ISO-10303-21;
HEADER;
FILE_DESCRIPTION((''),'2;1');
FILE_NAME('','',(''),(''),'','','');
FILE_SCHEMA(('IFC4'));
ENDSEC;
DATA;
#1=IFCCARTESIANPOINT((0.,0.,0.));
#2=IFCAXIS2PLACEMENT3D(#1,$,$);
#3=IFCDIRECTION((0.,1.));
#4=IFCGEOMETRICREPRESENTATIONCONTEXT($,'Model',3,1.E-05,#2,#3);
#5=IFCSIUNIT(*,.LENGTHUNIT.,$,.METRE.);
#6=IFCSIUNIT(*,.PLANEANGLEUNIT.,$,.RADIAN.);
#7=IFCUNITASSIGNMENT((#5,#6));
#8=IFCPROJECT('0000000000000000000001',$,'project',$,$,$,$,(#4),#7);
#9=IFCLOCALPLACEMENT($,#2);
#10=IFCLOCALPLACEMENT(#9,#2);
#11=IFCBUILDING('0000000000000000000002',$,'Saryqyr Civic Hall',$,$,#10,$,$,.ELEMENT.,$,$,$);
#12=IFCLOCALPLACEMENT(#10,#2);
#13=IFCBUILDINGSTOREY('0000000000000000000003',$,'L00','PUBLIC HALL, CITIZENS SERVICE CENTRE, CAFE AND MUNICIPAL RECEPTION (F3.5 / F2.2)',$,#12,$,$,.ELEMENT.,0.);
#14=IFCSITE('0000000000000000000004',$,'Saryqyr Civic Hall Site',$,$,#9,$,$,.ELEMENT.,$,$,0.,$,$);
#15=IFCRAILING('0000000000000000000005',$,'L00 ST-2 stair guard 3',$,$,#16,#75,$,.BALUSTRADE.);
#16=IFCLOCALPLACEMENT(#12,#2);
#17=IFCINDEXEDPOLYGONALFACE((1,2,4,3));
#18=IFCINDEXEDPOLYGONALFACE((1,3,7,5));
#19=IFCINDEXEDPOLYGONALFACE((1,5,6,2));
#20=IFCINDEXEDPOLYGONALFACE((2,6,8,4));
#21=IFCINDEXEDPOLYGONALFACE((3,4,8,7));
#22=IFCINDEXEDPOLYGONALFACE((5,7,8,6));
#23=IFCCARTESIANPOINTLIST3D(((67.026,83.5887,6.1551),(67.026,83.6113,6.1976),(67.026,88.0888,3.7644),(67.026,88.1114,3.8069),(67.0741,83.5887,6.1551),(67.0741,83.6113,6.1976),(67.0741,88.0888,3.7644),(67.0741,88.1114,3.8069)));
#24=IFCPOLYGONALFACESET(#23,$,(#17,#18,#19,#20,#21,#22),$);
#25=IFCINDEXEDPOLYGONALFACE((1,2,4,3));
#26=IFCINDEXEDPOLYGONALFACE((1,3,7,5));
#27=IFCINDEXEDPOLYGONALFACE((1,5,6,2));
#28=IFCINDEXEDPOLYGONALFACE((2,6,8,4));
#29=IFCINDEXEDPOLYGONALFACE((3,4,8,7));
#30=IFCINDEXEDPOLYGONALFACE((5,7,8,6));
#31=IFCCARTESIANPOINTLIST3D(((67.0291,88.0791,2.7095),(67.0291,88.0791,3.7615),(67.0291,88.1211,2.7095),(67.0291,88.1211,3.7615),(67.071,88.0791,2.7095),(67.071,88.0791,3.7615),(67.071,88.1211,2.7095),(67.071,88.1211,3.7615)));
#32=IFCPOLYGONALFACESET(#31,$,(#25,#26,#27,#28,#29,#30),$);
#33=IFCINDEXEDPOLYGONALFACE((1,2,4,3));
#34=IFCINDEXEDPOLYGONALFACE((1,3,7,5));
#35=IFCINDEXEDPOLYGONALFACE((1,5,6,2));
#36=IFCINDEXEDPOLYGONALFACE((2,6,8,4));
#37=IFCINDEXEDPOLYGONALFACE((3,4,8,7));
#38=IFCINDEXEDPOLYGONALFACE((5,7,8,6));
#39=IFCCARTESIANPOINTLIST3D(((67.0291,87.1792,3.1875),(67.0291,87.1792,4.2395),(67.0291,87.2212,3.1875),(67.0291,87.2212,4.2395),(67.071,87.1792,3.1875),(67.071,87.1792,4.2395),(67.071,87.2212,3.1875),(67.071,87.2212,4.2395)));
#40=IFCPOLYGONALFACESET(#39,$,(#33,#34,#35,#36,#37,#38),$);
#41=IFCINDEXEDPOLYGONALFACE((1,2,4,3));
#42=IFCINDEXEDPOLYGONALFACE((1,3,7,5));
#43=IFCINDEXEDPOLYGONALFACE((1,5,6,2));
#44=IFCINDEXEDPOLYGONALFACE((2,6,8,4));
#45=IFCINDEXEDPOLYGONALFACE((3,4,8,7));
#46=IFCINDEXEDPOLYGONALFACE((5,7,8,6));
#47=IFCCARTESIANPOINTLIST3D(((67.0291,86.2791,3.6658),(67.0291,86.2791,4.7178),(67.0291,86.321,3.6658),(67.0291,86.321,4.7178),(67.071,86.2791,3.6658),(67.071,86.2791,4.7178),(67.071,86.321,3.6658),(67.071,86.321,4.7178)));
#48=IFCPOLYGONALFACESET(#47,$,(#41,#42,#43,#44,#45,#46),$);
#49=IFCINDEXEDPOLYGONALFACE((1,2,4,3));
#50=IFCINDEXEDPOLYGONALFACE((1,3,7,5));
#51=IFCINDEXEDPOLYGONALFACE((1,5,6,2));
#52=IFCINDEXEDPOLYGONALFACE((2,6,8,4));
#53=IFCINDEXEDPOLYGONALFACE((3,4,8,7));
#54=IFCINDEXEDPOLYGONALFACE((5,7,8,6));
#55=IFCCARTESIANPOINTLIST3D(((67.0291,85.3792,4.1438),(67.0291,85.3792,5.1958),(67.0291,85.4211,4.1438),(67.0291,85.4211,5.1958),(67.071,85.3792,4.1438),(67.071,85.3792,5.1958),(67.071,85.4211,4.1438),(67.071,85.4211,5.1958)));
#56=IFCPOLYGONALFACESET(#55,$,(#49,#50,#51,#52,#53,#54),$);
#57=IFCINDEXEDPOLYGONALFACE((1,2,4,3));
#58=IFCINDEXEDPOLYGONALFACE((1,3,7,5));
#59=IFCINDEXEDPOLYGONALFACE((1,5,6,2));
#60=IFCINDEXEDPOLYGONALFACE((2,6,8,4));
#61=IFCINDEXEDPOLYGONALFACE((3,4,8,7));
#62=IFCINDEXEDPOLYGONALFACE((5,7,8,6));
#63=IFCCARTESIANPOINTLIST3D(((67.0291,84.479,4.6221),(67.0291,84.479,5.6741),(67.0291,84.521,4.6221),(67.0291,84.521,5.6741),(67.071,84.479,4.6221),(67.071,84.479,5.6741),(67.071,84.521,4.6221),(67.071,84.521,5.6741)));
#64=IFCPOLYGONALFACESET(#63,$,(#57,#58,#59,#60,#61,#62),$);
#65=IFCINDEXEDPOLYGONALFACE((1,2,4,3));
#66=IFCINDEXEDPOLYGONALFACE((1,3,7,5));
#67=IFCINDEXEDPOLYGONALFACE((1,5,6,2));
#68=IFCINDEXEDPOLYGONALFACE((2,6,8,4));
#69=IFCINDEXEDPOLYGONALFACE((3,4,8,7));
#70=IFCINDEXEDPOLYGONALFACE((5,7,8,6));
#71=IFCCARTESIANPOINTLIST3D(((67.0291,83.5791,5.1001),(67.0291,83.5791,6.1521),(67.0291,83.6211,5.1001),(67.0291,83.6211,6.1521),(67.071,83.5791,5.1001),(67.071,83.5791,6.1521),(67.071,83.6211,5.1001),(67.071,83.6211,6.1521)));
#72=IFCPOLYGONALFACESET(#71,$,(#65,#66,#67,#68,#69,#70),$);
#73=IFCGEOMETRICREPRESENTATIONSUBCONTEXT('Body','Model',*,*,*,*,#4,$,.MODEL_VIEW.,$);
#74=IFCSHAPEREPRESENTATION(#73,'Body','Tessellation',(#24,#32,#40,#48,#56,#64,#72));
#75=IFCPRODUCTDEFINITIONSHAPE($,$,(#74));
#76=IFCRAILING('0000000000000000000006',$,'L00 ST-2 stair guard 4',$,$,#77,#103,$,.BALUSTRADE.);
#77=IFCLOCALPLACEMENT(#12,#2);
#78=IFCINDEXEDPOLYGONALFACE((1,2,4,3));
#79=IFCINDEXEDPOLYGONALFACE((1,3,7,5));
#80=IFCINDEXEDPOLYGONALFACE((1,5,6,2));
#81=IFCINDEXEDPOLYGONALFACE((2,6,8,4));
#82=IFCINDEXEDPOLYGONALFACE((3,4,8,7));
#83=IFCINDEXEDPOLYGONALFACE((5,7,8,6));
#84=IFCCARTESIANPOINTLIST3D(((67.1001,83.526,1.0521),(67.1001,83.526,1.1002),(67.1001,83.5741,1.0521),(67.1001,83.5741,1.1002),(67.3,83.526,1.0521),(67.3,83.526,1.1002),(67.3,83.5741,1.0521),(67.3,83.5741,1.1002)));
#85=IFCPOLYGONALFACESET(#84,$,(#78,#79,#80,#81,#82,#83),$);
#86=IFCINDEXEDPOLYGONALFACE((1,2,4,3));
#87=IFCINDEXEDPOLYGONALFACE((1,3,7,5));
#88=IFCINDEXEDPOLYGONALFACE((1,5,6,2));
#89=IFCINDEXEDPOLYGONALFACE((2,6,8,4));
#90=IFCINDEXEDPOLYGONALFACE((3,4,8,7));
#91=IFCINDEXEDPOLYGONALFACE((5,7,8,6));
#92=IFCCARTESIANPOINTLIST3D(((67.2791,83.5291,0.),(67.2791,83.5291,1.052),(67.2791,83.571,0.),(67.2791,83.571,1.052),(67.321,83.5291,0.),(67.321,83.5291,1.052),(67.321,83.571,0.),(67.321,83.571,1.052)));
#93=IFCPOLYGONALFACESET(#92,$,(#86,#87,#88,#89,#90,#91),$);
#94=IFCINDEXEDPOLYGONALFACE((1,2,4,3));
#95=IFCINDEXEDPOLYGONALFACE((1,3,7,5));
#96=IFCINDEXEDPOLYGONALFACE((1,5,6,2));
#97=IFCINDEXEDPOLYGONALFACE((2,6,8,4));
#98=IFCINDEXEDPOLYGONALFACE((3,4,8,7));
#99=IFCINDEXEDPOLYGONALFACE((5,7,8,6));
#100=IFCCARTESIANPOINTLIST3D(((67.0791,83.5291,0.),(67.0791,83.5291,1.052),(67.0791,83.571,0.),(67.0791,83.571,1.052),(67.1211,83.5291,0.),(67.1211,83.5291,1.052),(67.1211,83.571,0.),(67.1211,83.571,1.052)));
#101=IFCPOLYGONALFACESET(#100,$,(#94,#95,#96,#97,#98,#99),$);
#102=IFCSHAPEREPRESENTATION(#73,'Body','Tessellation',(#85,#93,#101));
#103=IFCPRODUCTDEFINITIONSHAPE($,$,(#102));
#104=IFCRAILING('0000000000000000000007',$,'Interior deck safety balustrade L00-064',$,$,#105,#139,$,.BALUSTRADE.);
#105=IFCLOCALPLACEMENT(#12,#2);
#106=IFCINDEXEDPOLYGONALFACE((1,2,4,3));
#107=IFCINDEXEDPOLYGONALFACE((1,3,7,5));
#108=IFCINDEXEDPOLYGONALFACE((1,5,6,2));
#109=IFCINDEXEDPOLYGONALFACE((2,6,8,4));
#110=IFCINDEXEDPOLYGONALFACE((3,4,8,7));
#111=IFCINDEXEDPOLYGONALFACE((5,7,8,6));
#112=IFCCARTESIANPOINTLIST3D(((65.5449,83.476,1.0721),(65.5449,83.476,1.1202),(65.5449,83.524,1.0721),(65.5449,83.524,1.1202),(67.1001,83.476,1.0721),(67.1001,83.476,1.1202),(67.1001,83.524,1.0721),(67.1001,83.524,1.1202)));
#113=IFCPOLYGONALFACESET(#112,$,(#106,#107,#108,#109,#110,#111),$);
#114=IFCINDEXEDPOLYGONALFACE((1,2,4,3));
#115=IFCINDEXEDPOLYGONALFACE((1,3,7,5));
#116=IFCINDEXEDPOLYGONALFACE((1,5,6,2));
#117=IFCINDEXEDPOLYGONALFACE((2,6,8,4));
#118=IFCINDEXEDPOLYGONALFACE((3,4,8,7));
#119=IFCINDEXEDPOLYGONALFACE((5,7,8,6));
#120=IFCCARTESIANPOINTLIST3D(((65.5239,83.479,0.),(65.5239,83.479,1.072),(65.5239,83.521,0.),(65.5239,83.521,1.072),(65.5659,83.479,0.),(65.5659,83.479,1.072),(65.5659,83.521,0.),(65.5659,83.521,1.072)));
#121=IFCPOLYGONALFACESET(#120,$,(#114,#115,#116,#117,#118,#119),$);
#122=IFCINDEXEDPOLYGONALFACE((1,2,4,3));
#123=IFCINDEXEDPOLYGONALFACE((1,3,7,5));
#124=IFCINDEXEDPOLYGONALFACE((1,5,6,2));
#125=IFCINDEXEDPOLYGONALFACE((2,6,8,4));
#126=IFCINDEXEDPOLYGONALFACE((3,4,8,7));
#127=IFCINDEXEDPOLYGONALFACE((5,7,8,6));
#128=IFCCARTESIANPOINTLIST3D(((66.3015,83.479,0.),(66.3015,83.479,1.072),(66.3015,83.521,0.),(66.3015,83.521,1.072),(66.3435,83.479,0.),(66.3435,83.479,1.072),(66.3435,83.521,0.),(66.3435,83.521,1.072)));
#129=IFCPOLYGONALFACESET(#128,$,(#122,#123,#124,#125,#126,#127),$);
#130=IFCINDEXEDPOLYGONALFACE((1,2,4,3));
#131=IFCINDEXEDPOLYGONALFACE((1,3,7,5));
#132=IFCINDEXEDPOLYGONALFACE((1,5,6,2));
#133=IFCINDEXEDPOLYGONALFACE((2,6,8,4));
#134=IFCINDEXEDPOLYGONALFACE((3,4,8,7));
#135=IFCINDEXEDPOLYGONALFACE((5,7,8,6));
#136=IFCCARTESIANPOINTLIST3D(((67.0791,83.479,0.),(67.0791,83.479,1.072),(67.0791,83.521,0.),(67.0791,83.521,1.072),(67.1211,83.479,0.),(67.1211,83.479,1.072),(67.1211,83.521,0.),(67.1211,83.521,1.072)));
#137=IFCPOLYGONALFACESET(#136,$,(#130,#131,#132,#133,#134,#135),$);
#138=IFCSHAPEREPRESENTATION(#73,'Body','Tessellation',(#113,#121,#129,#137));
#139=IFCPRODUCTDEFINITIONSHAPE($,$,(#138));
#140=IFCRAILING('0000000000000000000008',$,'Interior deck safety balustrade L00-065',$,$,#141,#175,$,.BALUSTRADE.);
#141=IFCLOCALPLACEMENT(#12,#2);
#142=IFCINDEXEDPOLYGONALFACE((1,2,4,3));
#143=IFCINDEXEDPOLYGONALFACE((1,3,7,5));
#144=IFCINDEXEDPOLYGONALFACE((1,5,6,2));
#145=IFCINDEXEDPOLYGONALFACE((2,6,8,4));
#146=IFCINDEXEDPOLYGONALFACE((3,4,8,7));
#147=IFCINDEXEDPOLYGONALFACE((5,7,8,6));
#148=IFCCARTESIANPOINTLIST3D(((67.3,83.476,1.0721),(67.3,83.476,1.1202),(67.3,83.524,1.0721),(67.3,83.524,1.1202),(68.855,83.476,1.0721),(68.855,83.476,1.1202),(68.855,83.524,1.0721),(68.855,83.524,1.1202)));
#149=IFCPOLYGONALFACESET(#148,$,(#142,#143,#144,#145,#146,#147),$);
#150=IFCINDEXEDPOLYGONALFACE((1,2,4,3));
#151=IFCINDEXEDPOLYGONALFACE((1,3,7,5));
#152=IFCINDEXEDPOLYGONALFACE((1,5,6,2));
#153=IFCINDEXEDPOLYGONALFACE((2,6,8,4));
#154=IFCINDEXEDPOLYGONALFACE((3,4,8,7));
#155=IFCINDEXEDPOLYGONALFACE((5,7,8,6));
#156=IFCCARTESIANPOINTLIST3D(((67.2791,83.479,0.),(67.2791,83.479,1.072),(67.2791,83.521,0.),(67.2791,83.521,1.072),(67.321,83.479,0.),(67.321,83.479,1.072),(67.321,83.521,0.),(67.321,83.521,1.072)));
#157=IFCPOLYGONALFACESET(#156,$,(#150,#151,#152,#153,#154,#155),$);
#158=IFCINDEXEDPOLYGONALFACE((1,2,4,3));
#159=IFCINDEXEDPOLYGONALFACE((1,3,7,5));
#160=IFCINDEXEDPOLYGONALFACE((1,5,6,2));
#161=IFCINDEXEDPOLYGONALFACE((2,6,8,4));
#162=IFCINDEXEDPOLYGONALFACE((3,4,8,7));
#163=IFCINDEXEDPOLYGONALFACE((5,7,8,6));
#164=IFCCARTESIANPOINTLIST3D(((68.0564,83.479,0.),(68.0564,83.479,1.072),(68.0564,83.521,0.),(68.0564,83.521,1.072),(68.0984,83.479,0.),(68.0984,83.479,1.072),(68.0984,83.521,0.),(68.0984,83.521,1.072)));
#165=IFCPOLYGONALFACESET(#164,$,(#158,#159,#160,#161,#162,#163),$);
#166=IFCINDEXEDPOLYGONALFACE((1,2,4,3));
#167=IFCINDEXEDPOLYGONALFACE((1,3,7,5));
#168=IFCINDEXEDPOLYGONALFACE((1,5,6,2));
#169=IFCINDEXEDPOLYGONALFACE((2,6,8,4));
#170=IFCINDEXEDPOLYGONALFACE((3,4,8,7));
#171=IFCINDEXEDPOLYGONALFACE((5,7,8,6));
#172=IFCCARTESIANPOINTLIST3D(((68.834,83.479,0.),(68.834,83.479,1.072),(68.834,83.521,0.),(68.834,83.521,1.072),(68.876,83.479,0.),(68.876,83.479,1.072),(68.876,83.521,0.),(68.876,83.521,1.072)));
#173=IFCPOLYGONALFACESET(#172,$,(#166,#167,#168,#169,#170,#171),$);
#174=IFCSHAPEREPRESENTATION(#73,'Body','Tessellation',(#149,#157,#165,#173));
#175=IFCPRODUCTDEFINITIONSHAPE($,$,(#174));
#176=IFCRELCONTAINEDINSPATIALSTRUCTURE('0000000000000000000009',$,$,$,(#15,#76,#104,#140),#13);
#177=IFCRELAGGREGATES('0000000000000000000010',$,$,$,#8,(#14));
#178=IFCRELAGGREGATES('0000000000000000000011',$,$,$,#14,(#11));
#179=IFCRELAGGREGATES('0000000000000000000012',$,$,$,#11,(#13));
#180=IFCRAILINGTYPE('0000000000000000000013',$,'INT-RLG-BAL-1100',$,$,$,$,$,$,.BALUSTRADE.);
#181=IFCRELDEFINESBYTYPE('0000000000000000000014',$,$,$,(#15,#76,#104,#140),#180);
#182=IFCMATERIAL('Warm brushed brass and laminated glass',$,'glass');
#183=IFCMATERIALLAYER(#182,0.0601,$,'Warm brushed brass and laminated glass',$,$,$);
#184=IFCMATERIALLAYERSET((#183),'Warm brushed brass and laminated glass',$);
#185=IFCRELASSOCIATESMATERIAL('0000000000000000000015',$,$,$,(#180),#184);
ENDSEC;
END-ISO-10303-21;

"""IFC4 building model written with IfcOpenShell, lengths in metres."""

from ifc_helpers import new_model, si_unit, direction, frame, origin, origin_2d, place, context, subcontext, project, spatial, rectangle, extrude, material, layer, layer_set, type_object, element, save


model = new_model("IFC4")

# Units and contexts
model_context = context("Model", 3, precision=1e-05, world=origin(), true_north=direction((0.0, 1.0)))
body_context = subcontext(model_context, "Body", "Model", "MODEL_VIEW")
ifc_project = project(units=[si_unit("LENGTHUNIT", "METRE"), si_unit("PLANEANGLEUNIT", "RADIAN")], contexts=[model_context])

# Site, building, storey
site_placement = place(None, origin())
site = spatial("IfcSite", under=ifc_project, at=site_placement, Name="Saryqyr Civic Hall Site", CompositionType="ELEMENT", RefElevation=0.0)
building_placement = place(site_placement, origin())
building = spatial("IfcBuilding", under=site, at=building_placement, Name="Saryqyr Civic Hall", CompositionType="ELEMENT")
storey_placement = place(building_placement, origin())
storey = spatial("IfcBuildingStorey", under=building, at=storey_placement, Name="L00", Description="PUBLIC HALL, CITIZENS SERVICE CENTRE, CAFE AND MUNICIPAL RECEPTION (F3.5 / F2.2)", CompositionType="ELEMENT", Elevation=0.0)

# Railings
ifc_material_1 = material(Name="Warm brushed brass and laminated glass", Category="glass")
ifc_layer_1 = layer(ifc_material_1, 0.0601, Name="Warm brushed brass and laminated glass")
ifc_layer_set_1 = layer_set([ifc_layer_1], Name="Warm brushed brass and laminated glass")
railing_type_1 = type_object("IfcRailingType", Name="INT-RLG-BAL-1100", PredefinedType="BALUSTRADE", material=ifc_layer_set_1)
railing_1_placement = place(storey_placement, frame((67.05, 88.1001, 2.7095)))
element("IfcRailing", 1, at=railing_1_placement, inside=storey, type_object=railing_type_1, Name="L00 ST-2 stair guard 3", PredefinedType="BALUSTRADE", context=body_context, shape_type="SweptSolid", body=[
    extrude(rectangle(XDim=0.0481, YDim=0.0481, at=origin_2d()), frame((0.0, 0.0, 1.0762), z_axis=(0.0, -0.883116, 0.469155), x_axis=(1.0, 0.0, 0.0)), (0.0, 0.0, 1.0), 5.0957),
    extrude(rectangle(XDim=0.042, YDim=0.042, at=origin_2d()), origin(), (0.0, 0.0, 1.0), 1.052),
    extrude(rectangle(XDim=0.042, YDim=0.042, at=origin_2d()), frame((0.0, -0.8999, 0.478)), (0.0, 0.0, 1.0), 1.052),
    extrude(rectangle(XDim=0.042, YDim=0.042, at=origin_2d()), frame((0.0, -1.8, 0.9563)), (0.0, 0.0, 1.0), 1.052),
    extrude(rectangle(XDim=0.042, YDim=0.042, at=origin_2d()), frame((0.0, -2.7, 1.4343)), (0.0, 0.0, 1.0), 1.052),
    extrude(rectangle(XDim=0.042, YDim=0.042, at=origin_2d()), frame((0.0, -3.6001, 1.9126)), (0.0, 0.0, 1.0), 1.052),
    extrude(rectangle(XDim=0.042, YDim=0.042, at=origin_2d()), frame((0.0, -4.5, 2.3906)), (0.0, 0.0, 1.0), 1.052),
])
railing_2_placement = place(storey_placement, frame((67.3, 83.55, 0.0)))
element("IfcRailing", 2, at=railing_2_placement, inside=storey, type_object=railing_type_1, Name="L00 ST-2 stair guard 4", PredefinedType="BALUSTRADE", context=body_context, shape_type="SweptSolid", body=[
    extrude(rectangle(XDim=0.0481, YDim=0.0481, at=origin_2d()), frame((0.0, 0.0, 1.0762), z_axis=(-1.0, 0.0, 0.0), x_axis=(0.0, -1.0, 0.0)), (0.0, 0.0, 1.0), 0.2),
    extrude(rectangle(XDim=0.042, YDim=0.042, at=origin_2d()), origin(), (0.0, 0.0, 1.0), 1.052),
    extrude(rectangle(XDim=0.042, YDim=0.042, at=origin_2d()), frame((-0.2, 0.0, 0.0)), (0.0, 0.0, 1.0), 1.052),
])
railing_3_placement = place(storey_placement, frame((65.5449, 83.5, 0.0)))
element("IfcRailing", 3, at=railing_3_placement, inside=storey, type_object=railing_type_1, Name="Interior deck safety balustrade L00-064", PredefinedType="BALUSTRADE", context=body_context, shape_type="SweptSolid", body=[
    extrude(rectangle(XDim=0.0481, YDim=0.0481, at=origin_2d()), frame((0.0, 0.0, 1.0962), z_axis=(1.0, 0.0, 0.0), x_axis=(0.0, 1.0, 0.0)), (0.0, 0.0, 1.0), 1.5552),
    extrude(rectangle(XDim=0.042, YDim=0.042, at=origin_2d()), origin(), (0.0, 0.0, 1.0), 1.072),
    extrude(rectangle(XDim=0.042, YDim=0.042, at=origin_2d()), frame((0.7776, 0.0, 0.0)), (0.0, 0.0, 1.0), 1.072),
    extrude(rectangle(XDim=0.042, YDim=0.042, at=origin_2d()), frame((1.5552, 0.0, 0.0)), (0.0, 0.0, 1.0), 1.072),
])
railing_4_placement = place(storey_placement, frame((67.3, 83.5, 0.0)))
element("IfcRailing", 4, at=railing_4_placement, inside=storey, type_object=railing_type_1, Name="Interior deck safety balustrade L00-065", PredefinedType="BALUSTRADE", context=body_context, shape_type="SweptSolid", body=[
    extrude(rectangle(XDim=0.0481, YDim=0.0481, at=origin_2d()), frame((0.0, 0.0, 1.0962), z_axis=(1.0, 0.0, 0.0), x_axis=(0.0, 1.0, 0.0)), (0.0, 0.0, 1.0), 1.5549),
    extrude(rectangle(XDim=0.042, YDim=0.042, at=origin_2d()), origin(), (0.0, 0.0, 1.0), 1.072),
    extrude(rectangle(XDim=0.042, YDim=0.042, at=origin_2d()), frame((0.7773, 0.0, 0.0)), (0.0, 0.0, 1.0), 1.072),
    extrude(rectangle(XDim=0.042, YDim=0.042, at=origin_2d()), frame((1.5549, 0.0, 0.0)), (0.0, 0.0, 1.0), 1.072),
])

save(model, "model.ifc")
